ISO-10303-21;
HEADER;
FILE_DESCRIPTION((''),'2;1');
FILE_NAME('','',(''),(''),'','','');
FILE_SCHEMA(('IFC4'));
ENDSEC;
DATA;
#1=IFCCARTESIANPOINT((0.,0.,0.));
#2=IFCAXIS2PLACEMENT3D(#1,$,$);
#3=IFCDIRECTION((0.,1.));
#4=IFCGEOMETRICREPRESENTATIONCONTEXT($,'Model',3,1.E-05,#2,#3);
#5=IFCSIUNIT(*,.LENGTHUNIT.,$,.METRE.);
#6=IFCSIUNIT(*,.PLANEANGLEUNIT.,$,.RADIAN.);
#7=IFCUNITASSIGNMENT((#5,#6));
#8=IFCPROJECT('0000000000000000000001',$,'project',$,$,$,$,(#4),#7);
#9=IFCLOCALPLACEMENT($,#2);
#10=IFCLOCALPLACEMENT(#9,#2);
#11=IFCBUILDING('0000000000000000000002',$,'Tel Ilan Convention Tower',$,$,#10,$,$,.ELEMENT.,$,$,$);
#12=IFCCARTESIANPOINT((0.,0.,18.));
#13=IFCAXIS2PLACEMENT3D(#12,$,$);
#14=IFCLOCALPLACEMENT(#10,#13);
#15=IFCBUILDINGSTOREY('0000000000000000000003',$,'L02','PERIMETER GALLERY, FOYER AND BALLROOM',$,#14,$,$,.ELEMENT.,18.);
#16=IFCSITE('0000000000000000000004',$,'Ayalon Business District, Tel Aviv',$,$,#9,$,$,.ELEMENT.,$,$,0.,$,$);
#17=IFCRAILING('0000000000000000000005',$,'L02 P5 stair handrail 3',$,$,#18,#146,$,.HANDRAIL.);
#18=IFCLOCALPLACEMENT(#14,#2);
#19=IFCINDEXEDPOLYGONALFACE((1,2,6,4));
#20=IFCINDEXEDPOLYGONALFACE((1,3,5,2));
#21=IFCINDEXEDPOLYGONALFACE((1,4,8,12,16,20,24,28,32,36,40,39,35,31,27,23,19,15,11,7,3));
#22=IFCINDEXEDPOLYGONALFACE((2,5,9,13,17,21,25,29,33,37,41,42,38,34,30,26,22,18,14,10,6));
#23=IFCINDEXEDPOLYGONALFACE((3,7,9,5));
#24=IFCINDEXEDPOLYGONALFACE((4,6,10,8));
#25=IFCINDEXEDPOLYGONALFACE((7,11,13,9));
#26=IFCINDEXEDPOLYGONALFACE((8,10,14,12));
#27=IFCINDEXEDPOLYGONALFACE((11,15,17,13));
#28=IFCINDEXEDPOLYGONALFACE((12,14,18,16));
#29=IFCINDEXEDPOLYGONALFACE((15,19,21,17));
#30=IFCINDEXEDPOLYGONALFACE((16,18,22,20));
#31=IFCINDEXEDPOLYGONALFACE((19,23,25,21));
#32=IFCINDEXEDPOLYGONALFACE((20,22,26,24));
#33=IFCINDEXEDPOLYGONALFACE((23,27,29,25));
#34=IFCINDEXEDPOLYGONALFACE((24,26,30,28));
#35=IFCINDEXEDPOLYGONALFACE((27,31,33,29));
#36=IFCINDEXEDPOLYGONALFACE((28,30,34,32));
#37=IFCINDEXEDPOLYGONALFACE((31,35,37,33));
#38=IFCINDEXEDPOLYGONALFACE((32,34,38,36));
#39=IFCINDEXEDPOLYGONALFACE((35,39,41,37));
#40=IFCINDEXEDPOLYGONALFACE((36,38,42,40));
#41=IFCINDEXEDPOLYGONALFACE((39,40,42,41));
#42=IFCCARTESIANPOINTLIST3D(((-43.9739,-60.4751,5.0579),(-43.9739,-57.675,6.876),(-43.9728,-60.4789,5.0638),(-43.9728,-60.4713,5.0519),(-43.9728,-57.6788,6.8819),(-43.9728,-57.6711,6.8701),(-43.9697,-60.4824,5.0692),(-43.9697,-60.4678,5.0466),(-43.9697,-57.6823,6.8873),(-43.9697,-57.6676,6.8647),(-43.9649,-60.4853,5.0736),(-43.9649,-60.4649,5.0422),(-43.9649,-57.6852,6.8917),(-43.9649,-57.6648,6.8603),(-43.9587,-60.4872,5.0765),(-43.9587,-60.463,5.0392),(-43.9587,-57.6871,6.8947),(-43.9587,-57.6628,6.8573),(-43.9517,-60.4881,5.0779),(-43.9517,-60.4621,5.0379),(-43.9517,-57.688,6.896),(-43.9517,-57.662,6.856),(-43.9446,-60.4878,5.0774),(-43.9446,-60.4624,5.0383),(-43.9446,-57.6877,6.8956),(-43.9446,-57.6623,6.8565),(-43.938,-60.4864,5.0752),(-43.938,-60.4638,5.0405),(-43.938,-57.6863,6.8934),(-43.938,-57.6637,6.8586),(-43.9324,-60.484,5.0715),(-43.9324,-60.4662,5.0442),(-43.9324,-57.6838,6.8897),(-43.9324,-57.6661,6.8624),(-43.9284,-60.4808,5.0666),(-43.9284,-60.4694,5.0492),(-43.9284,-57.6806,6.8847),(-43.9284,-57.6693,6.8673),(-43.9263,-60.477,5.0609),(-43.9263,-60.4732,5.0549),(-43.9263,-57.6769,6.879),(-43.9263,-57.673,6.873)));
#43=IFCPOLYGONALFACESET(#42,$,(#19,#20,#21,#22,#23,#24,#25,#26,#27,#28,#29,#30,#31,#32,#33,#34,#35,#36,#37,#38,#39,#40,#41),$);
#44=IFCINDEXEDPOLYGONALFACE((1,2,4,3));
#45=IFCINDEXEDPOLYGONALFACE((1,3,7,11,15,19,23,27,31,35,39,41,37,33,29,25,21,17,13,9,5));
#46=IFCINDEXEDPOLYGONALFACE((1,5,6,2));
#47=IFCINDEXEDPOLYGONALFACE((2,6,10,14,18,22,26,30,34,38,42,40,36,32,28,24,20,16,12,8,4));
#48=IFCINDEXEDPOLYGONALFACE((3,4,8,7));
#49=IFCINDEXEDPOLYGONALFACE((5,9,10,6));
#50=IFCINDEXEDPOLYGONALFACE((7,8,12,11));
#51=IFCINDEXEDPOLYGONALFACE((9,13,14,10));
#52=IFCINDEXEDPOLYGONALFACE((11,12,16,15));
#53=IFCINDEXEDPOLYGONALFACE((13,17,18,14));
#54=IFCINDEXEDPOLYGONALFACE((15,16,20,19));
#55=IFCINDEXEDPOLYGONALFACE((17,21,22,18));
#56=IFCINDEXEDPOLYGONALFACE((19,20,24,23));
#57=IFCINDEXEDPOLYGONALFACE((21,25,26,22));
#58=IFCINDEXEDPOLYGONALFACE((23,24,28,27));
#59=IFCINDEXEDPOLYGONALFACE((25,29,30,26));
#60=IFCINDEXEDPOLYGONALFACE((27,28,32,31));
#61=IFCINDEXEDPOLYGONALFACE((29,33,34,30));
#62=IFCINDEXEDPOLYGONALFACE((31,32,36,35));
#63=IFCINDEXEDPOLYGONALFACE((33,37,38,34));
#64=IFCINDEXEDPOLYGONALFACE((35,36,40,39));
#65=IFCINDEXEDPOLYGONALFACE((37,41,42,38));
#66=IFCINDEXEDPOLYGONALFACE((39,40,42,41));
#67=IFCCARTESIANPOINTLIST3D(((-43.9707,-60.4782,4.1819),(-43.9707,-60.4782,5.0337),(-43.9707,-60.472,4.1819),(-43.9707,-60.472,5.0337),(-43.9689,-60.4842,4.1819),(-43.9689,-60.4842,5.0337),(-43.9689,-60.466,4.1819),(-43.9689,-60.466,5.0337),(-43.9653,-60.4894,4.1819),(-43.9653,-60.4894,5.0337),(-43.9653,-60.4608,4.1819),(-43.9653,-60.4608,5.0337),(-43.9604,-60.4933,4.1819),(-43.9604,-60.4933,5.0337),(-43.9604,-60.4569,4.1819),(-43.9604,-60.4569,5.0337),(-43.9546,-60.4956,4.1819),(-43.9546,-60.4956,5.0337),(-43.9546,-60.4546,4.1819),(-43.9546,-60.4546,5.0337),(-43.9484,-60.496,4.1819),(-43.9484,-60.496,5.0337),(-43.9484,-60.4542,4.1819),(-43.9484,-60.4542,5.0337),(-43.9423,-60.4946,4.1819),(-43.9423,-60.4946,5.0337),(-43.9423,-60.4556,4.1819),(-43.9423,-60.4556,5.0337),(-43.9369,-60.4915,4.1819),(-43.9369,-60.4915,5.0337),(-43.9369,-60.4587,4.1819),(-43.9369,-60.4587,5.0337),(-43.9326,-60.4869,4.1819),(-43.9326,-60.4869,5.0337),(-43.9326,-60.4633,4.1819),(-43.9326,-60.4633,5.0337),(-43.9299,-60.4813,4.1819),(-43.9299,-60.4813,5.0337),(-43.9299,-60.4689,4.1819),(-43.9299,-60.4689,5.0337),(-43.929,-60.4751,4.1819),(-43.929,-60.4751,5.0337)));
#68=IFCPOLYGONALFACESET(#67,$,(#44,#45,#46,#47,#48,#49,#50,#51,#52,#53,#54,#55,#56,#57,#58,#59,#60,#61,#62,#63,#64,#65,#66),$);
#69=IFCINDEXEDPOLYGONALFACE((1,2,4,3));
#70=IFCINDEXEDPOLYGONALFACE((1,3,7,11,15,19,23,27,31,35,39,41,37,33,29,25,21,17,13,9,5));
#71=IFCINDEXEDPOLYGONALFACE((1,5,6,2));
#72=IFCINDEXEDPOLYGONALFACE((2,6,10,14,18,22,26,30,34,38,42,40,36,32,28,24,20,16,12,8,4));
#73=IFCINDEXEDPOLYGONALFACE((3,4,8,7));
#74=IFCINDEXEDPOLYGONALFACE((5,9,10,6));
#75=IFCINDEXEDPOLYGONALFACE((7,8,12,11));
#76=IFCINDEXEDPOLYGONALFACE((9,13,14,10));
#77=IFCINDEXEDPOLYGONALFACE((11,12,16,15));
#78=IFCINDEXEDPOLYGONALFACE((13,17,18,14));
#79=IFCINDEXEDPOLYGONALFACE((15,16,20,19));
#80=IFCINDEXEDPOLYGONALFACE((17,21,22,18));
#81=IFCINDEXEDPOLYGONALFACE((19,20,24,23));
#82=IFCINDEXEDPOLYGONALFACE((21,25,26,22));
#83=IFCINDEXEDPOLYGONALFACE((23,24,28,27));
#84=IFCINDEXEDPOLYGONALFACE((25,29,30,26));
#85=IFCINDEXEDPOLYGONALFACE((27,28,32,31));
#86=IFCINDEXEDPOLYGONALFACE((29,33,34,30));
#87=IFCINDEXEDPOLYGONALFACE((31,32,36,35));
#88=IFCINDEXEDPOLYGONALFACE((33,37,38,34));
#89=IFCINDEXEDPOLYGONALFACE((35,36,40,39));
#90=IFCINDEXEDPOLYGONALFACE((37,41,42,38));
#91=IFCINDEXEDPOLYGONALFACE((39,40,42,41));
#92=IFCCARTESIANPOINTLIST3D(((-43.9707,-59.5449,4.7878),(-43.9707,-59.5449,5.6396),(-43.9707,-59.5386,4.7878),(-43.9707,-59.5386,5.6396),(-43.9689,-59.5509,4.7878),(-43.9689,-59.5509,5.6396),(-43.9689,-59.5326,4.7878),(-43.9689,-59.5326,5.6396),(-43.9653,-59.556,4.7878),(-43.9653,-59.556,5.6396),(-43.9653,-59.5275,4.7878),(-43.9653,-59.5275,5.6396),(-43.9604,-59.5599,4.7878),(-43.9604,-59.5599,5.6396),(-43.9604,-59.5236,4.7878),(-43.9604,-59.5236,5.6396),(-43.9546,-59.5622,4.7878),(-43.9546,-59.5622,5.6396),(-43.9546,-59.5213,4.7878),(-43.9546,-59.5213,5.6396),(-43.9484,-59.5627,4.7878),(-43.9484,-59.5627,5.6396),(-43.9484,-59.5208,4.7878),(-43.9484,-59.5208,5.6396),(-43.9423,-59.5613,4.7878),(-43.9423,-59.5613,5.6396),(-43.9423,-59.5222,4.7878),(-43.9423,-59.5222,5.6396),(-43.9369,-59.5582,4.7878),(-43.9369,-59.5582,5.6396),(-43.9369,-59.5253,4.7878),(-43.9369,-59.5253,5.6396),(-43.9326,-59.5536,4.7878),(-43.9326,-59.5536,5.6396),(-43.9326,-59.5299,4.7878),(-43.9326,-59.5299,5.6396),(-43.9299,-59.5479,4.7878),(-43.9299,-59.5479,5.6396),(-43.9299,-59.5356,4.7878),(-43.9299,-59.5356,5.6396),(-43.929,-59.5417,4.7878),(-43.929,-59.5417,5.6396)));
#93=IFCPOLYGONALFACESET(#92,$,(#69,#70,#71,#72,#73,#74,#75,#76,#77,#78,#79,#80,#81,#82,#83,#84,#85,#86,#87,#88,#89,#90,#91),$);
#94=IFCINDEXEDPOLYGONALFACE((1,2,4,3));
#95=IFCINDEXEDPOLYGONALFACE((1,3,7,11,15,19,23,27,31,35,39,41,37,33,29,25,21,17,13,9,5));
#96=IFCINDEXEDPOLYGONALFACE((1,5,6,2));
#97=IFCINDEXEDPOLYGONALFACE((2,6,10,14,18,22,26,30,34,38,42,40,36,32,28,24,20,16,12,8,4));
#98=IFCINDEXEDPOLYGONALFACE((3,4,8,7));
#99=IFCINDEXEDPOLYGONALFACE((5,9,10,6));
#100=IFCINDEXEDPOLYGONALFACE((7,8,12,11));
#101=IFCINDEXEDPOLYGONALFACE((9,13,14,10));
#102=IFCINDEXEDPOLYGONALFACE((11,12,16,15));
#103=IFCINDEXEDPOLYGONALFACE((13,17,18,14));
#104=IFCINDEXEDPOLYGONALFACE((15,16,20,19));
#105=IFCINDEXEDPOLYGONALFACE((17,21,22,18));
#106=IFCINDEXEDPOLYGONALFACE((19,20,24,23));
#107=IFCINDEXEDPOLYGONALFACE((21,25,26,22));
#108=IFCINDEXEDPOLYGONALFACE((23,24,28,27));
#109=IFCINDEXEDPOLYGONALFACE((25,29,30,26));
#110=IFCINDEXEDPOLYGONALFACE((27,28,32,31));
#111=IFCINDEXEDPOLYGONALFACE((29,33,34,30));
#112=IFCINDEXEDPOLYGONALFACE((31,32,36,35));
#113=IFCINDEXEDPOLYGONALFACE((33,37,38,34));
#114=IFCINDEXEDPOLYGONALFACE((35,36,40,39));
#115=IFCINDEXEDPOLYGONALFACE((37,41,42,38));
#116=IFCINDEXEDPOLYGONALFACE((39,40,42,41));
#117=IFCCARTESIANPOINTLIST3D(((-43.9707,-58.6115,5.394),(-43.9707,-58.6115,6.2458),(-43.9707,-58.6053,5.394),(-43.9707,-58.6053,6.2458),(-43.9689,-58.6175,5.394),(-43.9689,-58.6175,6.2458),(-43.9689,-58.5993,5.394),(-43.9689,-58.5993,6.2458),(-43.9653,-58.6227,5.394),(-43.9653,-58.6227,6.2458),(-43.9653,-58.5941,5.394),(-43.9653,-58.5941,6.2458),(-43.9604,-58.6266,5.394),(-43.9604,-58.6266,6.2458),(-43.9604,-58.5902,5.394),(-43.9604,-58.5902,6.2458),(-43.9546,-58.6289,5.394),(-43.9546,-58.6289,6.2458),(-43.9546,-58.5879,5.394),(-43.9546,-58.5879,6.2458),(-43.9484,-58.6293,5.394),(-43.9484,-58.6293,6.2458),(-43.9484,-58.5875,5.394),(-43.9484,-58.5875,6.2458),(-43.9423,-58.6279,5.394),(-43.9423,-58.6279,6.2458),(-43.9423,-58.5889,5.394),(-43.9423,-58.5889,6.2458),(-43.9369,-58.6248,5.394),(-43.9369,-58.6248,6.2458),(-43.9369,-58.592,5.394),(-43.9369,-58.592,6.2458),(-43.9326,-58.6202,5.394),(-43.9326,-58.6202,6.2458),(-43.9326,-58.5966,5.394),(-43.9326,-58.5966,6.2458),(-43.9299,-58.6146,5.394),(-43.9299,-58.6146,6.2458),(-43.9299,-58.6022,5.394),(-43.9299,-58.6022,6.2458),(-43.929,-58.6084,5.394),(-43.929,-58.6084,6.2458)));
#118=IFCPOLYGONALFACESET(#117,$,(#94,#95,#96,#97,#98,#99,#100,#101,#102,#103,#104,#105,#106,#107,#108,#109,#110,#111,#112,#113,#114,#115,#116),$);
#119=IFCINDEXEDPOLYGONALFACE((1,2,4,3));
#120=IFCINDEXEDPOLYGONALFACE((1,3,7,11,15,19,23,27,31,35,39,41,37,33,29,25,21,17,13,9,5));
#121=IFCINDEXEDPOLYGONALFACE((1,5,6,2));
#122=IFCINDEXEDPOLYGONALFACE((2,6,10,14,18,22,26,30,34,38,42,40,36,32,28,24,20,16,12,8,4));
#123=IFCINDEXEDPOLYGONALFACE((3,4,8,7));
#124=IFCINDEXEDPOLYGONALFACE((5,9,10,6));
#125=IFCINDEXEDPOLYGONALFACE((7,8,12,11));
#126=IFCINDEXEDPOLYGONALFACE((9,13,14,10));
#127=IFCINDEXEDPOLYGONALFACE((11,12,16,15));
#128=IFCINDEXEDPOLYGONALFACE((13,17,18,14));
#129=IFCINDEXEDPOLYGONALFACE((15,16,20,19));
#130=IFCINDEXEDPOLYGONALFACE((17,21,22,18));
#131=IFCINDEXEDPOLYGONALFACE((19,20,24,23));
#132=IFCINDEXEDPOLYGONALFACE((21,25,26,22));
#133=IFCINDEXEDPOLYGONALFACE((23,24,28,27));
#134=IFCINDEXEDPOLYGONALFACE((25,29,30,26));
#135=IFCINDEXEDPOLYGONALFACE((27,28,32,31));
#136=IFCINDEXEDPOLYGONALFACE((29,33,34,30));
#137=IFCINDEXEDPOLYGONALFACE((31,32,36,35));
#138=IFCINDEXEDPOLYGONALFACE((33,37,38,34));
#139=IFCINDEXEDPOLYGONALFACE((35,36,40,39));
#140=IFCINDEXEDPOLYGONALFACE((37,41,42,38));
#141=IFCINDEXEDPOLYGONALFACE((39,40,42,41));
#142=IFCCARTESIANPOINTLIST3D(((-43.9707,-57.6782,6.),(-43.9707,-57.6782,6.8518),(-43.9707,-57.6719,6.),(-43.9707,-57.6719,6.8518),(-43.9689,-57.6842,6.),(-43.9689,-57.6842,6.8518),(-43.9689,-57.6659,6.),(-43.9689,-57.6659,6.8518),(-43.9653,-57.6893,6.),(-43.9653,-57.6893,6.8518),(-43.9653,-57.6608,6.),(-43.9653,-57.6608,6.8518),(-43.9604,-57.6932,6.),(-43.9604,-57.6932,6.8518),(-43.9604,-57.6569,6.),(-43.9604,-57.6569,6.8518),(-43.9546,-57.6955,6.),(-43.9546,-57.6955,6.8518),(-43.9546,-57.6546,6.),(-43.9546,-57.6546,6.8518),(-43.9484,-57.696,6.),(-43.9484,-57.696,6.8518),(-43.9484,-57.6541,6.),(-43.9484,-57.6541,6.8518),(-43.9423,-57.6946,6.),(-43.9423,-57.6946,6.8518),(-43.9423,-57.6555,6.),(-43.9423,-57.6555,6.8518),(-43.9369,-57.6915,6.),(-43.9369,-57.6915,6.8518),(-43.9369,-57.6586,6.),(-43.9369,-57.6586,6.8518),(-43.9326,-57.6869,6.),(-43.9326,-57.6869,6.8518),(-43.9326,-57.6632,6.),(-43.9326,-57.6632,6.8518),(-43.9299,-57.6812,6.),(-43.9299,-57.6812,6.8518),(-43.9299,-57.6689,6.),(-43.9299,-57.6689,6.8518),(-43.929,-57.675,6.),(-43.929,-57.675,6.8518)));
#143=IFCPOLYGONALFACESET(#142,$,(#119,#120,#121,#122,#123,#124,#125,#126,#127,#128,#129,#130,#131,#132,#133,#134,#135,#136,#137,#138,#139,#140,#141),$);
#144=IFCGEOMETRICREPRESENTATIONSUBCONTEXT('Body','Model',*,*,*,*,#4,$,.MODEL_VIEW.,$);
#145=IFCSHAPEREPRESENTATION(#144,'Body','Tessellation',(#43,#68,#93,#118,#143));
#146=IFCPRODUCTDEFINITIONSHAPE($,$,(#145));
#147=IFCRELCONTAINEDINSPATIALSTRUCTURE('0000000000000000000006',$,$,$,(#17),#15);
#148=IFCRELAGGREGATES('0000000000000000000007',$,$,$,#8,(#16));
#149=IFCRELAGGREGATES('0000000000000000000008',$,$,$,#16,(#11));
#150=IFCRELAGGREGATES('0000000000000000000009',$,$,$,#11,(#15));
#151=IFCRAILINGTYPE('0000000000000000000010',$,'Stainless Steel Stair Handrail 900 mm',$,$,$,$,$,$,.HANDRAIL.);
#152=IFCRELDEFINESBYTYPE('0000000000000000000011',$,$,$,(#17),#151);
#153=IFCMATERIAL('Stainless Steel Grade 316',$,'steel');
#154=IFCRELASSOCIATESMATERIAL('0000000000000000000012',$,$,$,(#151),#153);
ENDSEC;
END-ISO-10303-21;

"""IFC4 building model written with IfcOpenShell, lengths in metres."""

from ifc_helpers import new_model, si_unit, direction, frame, origin, origin_2d, place, context, subcontext, project, spatial, circle, extrude, material, type_object, element, save


model = new_model("IFC4")

# Units and contexts
model_context = context("Model", 3, precision=1e-05, world=origin(), true_north=direction((0.0, 1.0)))
body_context = subcontext(model_context, "Body", "Model", "MODEL_VIEW")
ifc_project = project(units=[si_unit("LENGTHUNIT", "METRE"), si_unit("PLANEANGLEUNIT", "RADIAN")], contexts=[model_context])

# Site, building, storey
site_placement = place(None, origin())
site = spatial("IfcSite", under=ifc_project, at=site_placement, Name="Ayalon Business District, Tel Aviv", CompositionType="ELEMENT", RefElevation=0.0)
building_placement = place(site_placement, origin())
building = spatial("IfcBuilding", under=site, at=building_placement, Name="Tel Ilan Convention Tower", CompositionType="ELEMENT")
storey_placement = place(building_placement, frame((0.0, 0.0, 18.0)))
storey = spatial("IfcBuildingStorey", under=building, at=storey_placement, Name="L02", Description="PERIMETER GALLERY, FOYER AND BALLROOM", CompositionType="ELEMENT", Elevation=18.0)

# Railing
ifc_material_1 = material(Name="Stainless Steel Grade 316", Category="steel")
railing_type_1 = type_object("IfcRailingType", Name="Stainless Steel Stair Handrail 900 mm", PredefinedType="HANDRAIL", material=ifc_material_1)
railing_1_placement = place(storey_placement, frame((-43.95, -60.4751, 4.1819)))
element("IfcRailing", 1, at=railing_1_placement, inside=storey, type_object=railing_type_1, Name="L02 P5 stair handrail 3", PredefinedType="HANDRAIL", context=body_context, shape_type="SweptSolid", body=[
    extrude(circle(Radius=0.0239, at=origin_2d()), frame((0.0, 0.0, 0.876), z_axis=(0.0, 0.838706, 0.544585), x_axis=(-1.0, 0.0, 0.0)), (0.0, 0.0, 1.0), 3.3386),
    extrude(circle(Radius=0.021, at=origin_2d()), origin(), (0.0, 0.0, 1.0), 0.8518),
    extrude(circle(Radius=0.021, at=origin_2d()), frame((0.0, 0.9333, 0.606)), (0.0, 0.0, 1.0), 0.8518),
    extrude(circle(Radius=0.021, at=origin_2d()), frame((0.0, 1.8667, 1.2122)), (0.0, 0.0, 1.0), 0.8518),
    extrude(circle(Radius=0.021, at=origin_2d()), frame((0.0, 2.8, 1.8181)), (0.0, 0.0, 1.0), 0.8518),
])

save(model, "model.ifc")
